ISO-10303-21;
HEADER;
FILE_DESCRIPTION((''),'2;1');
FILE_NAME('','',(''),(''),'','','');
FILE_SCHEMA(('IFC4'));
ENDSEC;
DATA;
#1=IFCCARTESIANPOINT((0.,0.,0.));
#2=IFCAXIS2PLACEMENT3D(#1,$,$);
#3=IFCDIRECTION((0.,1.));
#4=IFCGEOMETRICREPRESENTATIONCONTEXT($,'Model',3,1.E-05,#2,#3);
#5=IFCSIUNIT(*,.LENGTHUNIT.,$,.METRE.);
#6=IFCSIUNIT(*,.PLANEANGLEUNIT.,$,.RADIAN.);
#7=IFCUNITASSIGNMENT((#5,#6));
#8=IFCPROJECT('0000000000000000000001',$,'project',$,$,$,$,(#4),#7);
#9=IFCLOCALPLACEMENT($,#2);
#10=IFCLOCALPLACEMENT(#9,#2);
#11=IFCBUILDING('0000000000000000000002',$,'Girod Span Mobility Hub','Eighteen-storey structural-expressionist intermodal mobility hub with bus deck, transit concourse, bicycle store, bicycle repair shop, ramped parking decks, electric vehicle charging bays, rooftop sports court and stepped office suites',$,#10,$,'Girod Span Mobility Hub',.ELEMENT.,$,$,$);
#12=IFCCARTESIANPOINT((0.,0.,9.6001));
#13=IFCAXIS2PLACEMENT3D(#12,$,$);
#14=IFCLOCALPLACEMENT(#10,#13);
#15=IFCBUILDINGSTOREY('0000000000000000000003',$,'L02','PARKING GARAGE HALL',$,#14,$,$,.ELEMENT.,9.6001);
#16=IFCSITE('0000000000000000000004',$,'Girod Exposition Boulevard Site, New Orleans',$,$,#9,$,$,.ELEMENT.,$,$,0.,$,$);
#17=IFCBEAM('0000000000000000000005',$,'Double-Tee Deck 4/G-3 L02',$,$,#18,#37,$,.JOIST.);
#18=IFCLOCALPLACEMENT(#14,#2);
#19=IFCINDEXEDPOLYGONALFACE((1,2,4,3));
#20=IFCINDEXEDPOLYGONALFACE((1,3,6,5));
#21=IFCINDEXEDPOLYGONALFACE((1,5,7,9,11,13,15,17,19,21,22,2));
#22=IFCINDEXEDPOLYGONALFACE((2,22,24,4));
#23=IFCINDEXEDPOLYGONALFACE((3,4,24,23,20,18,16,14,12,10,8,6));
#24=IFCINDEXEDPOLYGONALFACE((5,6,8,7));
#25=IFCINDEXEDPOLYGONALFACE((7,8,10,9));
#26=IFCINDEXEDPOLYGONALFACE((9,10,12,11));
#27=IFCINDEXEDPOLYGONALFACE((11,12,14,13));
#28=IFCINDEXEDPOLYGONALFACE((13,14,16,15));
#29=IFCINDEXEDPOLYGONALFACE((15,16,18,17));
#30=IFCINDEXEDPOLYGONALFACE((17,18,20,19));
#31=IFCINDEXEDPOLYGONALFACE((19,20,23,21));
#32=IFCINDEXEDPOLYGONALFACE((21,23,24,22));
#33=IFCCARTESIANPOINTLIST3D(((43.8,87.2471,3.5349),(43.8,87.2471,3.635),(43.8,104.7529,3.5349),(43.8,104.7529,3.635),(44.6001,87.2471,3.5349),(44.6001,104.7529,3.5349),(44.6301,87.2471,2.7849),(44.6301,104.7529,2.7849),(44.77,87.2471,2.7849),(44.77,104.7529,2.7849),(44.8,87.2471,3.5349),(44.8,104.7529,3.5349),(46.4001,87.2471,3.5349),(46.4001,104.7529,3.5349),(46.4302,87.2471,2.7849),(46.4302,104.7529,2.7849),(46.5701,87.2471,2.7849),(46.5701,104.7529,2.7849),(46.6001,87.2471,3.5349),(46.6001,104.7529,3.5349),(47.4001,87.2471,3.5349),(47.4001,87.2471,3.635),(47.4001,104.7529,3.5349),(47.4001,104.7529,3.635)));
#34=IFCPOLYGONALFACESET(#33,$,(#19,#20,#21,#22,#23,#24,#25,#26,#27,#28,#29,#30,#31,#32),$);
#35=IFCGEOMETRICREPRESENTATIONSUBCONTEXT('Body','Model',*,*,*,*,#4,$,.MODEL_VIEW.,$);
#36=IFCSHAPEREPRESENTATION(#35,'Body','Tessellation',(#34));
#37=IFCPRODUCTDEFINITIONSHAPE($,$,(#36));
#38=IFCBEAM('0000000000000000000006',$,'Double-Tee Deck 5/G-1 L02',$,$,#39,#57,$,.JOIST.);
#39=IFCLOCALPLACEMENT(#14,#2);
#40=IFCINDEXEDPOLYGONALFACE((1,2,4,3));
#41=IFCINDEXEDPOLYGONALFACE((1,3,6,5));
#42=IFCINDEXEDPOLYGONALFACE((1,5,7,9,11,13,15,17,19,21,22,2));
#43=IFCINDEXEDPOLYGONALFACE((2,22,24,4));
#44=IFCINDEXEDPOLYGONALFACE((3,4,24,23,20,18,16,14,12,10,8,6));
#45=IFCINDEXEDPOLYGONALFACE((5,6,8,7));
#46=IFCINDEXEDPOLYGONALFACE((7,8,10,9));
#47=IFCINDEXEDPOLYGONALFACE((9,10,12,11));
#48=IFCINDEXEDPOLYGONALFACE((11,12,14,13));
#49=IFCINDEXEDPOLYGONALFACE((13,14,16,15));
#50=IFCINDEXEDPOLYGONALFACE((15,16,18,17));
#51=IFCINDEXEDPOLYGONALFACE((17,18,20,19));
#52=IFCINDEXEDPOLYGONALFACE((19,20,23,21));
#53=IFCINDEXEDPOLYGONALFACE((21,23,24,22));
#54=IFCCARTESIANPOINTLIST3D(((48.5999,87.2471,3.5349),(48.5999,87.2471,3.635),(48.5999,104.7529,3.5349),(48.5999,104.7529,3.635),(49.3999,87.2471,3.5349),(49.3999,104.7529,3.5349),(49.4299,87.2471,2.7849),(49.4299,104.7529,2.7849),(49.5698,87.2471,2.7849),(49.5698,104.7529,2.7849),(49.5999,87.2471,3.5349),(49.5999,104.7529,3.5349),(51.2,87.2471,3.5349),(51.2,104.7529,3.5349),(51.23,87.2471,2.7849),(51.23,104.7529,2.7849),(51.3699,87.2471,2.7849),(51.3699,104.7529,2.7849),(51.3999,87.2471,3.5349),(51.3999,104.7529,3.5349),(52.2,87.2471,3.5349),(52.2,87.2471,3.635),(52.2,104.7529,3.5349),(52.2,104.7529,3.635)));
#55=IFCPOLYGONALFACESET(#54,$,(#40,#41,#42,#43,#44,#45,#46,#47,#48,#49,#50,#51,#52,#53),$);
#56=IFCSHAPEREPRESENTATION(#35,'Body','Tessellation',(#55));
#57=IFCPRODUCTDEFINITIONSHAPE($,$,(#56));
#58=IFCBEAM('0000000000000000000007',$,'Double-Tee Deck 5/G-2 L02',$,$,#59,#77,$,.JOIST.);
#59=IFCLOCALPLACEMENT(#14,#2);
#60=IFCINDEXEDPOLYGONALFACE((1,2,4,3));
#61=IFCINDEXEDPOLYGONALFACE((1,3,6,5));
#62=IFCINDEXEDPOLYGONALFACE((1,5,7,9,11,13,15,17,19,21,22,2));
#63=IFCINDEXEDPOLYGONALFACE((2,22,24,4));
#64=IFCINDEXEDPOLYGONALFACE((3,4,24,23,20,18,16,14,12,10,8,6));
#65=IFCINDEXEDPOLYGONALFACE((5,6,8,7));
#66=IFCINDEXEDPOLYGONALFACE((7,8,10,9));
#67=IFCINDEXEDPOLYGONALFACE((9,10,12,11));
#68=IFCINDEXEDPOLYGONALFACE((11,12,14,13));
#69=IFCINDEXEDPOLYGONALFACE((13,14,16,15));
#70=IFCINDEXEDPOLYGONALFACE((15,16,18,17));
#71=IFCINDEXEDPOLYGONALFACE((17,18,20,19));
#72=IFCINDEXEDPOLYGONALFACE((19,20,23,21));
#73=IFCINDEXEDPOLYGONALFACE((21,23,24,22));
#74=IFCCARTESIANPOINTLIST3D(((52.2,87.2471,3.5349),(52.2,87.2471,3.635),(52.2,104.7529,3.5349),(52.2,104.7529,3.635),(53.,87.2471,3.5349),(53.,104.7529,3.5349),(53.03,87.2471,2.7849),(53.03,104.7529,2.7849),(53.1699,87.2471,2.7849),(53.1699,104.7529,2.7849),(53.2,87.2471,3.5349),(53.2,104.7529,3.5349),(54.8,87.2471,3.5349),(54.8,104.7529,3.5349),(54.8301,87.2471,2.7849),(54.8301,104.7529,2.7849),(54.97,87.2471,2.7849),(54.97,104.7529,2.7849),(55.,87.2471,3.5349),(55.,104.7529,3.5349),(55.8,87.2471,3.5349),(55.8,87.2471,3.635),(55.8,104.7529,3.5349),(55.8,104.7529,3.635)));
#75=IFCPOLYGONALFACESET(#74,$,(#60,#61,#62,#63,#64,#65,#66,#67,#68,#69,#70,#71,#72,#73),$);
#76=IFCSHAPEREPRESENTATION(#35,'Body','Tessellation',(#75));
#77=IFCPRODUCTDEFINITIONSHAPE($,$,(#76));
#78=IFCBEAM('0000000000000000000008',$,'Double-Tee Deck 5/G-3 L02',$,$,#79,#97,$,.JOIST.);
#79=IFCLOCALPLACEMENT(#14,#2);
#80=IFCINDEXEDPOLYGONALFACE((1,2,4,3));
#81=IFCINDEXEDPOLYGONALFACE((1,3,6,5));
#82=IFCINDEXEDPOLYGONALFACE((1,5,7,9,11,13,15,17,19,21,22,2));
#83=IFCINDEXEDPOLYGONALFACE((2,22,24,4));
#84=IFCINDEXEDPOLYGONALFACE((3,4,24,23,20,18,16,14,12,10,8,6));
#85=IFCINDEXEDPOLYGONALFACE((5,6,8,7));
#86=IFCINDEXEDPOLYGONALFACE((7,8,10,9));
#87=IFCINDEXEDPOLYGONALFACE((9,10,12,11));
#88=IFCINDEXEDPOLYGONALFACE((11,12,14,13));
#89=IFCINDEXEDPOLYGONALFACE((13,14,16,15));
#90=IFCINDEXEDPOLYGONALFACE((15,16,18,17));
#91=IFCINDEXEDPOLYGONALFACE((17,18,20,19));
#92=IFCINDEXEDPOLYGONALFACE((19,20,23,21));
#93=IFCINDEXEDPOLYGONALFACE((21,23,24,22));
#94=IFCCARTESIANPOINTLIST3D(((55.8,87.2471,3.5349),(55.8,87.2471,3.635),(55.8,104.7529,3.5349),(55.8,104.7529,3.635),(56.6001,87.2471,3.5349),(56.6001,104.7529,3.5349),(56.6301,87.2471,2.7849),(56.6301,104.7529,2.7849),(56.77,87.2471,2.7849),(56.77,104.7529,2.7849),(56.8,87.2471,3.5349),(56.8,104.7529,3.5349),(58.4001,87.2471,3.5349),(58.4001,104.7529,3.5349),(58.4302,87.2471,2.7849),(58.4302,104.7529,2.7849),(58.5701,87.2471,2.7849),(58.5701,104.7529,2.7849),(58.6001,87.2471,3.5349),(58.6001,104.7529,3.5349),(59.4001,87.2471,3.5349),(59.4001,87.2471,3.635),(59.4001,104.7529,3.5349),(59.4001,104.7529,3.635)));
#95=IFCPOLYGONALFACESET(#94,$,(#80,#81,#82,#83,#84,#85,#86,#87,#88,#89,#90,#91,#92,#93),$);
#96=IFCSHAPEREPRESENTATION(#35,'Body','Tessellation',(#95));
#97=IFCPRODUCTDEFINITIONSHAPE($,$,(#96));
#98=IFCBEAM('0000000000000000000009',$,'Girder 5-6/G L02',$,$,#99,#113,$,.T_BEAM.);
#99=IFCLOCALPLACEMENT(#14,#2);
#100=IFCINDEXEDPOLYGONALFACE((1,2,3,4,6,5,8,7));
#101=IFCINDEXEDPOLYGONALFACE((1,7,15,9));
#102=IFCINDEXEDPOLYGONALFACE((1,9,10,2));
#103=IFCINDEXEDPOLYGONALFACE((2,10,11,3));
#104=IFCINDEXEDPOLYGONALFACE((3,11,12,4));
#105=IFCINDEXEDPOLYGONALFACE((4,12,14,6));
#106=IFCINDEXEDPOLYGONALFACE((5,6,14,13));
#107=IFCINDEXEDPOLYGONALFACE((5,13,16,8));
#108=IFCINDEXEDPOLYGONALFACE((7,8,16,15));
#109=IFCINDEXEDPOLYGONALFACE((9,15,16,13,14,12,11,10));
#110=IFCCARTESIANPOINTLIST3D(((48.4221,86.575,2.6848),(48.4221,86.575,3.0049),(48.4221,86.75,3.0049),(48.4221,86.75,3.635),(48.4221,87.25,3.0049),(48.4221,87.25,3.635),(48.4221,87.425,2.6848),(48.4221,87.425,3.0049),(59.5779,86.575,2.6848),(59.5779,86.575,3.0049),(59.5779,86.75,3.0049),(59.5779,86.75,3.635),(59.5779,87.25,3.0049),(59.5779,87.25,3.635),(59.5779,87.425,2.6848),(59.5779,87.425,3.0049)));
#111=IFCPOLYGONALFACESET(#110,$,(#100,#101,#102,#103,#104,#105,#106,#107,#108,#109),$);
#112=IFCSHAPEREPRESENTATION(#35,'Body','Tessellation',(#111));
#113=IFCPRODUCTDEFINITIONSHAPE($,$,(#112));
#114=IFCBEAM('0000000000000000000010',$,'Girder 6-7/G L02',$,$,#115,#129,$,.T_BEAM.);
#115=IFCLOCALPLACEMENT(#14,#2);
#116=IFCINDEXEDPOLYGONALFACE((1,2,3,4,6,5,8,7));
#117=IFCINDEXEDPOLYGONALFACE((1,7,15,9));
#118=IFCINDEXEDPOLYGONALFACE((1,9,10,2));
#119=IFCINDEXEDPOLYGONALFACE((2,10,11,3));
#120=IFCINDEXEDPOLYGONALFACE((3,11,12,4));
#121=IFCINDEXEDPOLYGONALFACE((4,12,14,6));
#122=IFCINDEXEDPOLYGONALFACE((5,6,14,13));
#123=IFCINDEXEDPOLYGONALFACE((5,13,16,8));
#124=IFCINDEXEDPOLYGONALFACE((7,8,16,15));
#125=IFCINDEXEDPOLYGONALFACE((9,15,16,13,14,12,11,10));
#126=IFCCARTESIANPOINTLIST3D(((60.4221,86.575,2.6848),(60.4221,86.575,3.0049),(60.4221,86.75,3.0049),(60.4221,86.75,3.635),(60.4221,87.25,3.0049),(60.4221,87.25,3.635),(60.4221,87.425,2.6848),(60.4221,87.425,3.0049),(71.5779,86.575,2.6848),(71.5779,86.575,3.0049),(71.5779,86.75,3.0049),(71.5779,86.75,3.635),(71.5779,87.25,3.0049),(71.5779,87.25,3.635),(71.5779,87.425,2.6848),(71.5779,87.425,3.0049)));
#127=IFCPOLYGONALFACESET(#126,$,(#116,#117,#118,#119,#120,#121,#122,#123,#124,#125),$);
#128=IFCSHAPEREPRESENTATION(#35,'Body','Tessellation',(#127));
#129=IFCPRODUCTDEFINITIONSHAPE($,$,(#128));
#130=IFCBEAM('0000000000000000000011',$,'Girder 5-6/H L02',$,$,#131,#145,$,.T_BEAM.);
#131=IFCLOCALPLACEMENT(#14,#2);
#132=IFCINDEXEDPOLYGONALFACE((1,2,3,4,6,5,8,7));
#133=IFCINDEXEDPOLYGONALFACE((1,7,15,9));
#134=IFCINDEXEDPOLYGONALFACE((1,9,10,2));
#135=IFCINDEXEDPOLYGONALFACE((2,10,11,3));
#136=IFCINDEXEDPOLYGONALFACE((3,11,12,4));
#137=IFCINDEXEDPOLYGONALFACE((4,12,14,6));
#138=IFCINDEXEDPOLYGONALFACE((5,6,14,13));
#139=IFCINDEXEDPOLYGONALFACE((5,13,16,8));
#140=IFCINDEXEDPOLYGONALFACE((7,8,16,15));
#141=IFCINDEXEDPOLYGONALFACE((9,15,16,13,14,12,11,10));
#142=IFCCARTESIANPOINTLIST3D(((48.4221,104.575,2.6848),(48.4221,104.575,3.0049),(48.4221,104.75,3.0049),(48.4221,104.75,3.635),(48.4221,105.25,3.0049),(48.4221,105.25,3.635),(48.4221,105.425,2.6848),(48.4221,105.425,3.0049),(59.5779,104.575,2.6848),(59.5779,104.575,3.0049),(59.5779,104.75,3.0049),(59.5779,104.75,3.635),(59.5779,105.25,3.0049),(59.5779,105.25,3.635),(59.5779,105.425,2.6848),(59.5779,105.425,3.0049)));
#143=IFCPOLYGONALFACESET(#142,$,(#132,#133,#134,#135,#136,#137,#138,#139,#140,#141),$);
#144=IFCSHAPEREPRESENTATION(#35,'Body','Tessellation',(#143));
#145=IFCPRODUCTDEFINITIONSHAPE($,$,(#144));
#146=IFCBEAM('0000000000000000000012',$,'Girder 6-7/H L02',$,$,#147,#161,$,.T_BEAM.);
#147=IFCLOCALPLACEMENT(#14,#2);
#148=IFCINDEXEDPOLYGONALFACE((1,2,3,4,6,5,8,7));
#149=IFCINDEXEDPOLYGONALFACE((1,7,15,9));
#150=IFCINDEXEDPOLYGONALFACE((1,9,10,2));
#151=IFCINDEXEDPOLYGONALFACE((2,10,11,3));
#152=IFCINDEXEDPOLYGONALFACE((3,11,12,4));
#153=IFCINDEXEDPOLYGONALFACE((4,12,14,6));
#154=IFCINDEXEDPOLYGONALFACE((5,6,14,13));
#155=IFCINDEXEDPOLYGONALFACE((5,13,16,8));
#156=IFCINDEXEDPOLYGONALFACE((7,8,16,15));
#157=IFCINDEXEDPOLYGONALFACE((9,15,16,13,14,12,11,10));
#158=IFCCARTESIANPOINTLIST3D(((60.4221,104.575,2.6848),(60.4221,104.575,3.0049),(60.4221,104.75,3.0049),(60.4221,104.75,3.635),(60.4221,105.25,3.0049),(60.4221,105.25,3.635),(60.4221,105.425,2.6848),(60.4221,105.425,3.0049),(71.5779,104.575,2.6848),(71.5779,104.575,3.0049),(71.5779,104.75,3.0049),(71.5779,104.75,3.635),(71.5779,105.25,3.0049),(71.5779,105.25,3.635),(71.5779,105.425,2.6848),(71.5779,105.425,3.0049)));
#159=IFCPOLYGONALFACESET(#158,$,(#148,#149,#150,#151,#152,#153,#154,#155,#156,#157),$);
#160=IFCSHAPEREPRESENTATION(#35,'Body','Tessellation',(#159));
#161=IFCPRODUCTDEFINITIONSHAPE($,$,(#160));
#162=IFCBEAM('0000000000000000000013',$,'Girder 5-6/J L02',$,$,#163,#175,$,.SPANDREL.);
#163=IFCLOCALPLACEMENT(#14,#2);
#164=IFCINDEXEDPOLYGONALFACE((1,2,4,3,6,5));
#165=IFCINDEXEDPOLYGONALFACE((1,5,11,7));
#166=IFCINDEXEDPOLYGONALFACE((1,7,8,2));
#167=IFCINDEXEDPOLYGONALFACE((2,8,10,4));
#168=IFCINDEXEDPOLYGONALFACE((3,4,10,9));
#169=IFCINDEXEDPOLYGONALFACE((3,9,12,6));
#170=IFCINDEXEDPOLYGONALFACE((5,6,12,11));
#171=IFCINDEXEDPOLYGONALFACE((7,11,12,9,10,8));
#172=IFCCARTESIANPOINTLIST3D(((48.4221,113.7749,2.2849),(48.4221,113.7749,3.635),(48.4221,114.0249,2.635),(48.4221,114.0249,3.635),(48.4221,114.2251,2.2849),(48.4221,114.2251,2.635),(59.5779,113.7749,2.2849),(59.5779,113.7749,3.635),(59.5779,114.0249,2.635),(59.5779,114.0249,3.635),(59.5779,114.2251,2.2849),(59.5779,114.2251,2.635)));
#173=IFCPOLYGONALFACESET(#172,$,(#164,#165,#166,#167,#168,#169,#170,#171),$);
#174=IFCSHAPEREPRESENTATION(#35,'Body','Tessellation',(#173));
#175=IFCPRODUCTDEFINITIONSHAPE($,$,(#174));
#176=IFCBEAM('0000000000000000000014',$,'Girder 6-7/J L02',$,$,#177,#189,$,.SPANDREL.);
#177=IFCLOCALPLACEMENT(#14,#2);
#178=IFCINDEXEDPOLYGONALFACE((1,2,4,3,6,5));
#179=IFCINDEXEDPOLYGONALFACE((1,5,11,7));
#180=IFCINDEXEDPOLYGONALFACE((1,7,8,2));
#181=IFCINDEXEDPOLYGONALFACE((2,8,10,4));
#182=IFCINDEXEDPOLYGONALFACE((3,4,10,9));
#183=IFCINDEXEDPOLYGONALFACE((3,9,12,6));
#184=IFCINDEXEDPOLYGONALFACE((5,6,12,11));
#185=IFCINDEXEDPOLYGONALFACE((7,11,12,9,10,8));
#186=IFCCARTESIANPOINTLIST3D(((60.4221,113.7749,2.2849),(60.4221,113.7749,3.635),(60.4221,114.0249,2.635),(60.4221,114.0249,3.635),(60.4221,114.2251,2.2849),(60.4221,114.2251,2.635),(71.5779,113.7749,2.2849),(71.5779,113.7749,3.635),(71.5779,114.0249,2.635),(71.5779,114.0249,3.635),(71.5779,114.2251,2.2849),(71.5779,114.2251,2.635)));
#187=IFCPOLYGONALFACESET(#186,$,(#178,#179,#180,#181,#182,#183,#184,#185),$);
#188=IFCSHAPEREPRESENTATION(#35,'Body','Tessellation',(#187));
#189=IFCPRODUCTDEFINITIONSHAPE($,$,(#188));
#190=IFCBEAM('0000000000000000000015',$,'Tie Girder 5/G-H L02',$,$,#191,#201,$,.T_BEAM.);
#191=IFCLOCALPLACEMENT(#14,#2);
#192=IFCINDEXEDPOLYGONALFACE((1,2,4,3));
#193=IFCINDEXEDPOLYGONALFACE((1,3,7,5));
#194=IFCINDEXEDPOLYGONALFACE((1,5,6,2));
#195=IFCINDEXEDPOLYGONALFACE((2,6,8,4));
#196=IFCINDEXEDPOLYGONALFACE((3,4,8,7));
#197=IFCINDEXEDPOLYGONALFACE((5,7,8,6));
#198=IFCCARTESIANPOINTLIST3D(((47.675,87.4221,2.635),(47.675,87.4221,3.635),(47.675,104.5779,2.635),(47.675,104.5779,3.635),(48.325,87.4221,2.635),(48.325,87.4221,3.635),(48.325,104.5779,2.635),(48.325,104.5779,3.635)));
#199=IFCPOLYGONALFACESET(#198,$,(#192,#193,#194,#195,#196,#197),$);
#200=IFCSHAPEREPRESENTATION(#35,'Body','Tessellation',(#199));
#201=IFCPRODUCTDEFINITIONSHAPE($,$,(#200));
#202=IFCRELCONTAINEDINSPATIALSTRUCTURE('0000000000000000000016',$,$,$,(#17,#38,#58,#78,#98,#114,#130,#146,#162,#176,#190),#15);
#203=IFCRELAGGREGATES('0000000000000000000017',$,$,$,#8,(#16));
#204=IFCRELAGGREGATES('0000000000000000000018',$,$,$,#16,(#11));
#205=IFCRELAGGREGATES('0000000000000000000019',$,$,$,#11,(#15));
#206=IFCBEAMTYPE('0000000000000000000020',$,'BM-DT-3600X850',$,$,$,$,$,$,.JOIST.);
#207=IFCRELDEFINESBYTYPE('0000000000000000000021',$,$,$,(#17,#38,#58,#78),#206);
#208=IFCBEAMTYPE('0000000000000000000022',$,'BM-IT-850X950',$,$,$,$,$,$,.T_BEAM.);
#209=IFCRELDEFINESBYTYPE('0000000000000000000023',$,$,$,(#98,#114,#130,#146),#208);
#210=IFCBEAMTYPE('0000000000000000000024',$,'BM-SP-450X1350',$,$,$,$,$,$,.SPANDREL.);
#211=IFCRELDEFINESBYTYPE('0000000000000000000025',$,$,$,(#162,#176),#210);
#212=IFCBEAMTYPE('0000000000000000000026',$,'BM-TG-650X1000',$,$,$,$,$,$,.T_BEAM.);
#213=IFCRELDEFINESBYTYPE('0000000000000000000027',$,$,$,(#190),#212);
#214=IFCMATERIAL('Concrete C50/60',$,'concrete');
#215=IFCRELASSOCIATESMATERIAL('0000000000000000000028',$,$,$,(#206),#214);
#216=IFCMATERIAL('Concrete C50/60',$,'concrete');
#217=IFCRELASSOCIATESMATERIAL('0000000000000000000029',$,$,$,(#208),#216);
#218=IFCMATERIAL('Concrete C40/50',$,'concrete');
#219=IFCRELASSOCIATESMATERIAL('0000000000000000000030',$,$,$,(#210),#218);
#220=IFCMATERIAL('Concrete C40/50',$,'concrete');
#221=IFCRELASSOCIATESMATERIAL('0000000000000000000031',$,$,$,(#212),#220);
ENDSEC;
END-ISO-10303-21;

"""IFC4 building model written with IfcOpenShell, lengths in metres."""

from ifc_helpers import new_model, si_unit, direction, frame, origin, origin_2d, place, context, subcontext, project, spatial, polyline, rectangle, outline, extrude, material, material_profile, profile_set, type_object, element, save


model = new_model("IFC4")

# Units and contexts
model_context = context("Model", 3, precision=1e-05, world=origin(), true_north=direction((0.0, 1.0)))
body_context = subcontext(model_context, "Body", "Model", "MODEL_VIEW")
ifc_project = project(units=[si_unit("LENGTHUNIT", "METRE"), si_unit("PLANEANGLEUNIT", "RADIAN")], contexts=[model_context])

# Site, building, storey
site_placement = place(None, origin())
site = spatial("IfcSite", under=ifc_project, at=site_placement, Name="Girod Exposition Boulevard Site, New Orleans", CompositionType="ELEMENT", RefElevation=0.0)
building_placement = place(site_placement, origin())
building = spatial("IfcBuilding", under=site, at=building_placement, Name="Girod Span Mobility Hub", Description="Eighteen-storey structural-expressionist intermodal mobility hub with bus deck, transit concourse, bicycle store, bicycle repair shop, ramped parking decks, electric vehicle charging bays, rooftop sports court and stepped office suites", LongName="Girod Span Mobility Hub", CompositionType="ELEMENT")
storey_placement = place(building_placement, frame((0.0, 0.0, 9.6001)))
storey = spatial("IfcBuildingStorey", under=building, at=storey_placement, Name="L02", Description="PARKING GARAGE HALL", CompositionType="ELEMENT", Elevation=9.6001)

# Beams
ifc_material_1 = material(Name="Concrete C50/60", Category="concrete")
ifc_material_profile_1 = material_profile(ifc_material_1, outline(polyline([(-1.8, 0.425), (-1.8, 0.325), (-1.0, 0.325), (-0.97, -0.425), (-0.8301, -0.425), (-0.8, 0.325), (0.8, 0.325), (0.8301, -0.425), (0.97, -0.425), (1.0, 0.325), (1.8, 0.325), (1.8, 0.425), (-1.8, 0.425)])), Name="DT-3600X850")
ifc_profile_set_1 = profile_set([ifc_material_profile_1], Name="Concrete C50/60")
beam_type_1 = type_object("IfcBeamType", Name="BM-DT-3600X850", PredefinedType="JOIST", material=ifc_profile_set_1)
for number, where, z_axis, x_axis, name in (
    (1, (45.6001, 87.2471, 3.21), (0.0, 1.0, 0.0), (-1.0, 0.0, 0.0), "Double-Tee Deck 4/G-3 L02"),
    (2, (50.3999, 87.2471, 3.21), (0.0, 1.0, 0.0), (-1.0, 0.0, 0.0), "Double-Tee Deck 5/G-1 L02"),
    (3, (54.0, 87.2471, 3.21), (0.0, 1.0, 0.0), (-1.0, 0.0, 0.0), "Double-Tee Deck 5/G-2 L02"),
    (4, (57.6001, 87.2471, 3.21), (0.0, 1.0, 0.0), (-1.0, 0.0, 0.0), "Double-Tee Deck 5/G-3 L02"),
):
    element("IfcBeam", number, at=place(storey_placement, frame(where, z_axis=z_axis, x_axis=x_axis)), inside=storey, type_object=beam_type_1, Name=name, PredefinedType="JOIST", context=body_context, shape_type="SweptSolid", body=[
        extrude(outline(polyline([(-1.8, 0.425), (-1.8, 0.325), (-1.0, 0.325), (-0.97, -0.425), (-0.8301, -0.425), (-0.8, 0.325), (0.8, 0.325), (0.8301, -0.425), (0.97, -0.425), (1.0, 0.325), (1.8, 0.325), (1.8, 0.425), (-1.8, 0.425)])), origin(), (0.0, 0.0, 1.0), 17.5059),
    ])
ifc_material_2 = material(Name="Concrete C50/60", Category="concrete")
ifc_material_profile_2 = material_profile(ifc_material_2, outline(polyline([(-0.425, -0.4751), (0.425, -0.4751), (0.425, -0.155), (0.25, -0.155), (0.25, 0.4751), (-0.25, 0.4751), (-0.25, -0.155), (-0.425, -0.155), (-0.425, -0.4751)])), Name="IT-850X950")
ifc_profile_set_2 = profile_set([ifc_material_profile_2], Name="Concrete C50/60")
beam_type_2 = type_object("IfcBeamType", Name="BM-IT-850X950", PredefinedType="T_BEAM", material=ifc_profile_set_2)
for number, where, z_axis, x_axis, name in (
    (5, (48.4221, 87.0, 3.1599), (1.0, 0.0, 0.0), (0.0, 1.0, 0.0), "Girder 5-6/G L02"),
    (6, (60.4221, 87.0, 3.1599), (1.0, 0.0, 0.0), (0.0, 1.0, 0.0), "Girder 6-7/G L02"),
    (7, (48.4221, 105.0, 3.1599), (1.0, 0.0, 0.0), (0.0, 1.0, 0.0), "Girder 5-6/H L02"),
    (8, (60.4221, 105.0, 3.1599), (1.0, 0.0, 0.0), (0.0, 1.0, 0.0), "Girder 6-7/H L02"),
):
    element("IfcBeam", number, at=place(storey_placement, frame(where, z_axis=z_axis, x_axis=x_axis)), inside=storey, type_object=beam_type_2, Name=name, PredefinedType="T_BEAM", context=body_context, shape_type="SweptSolid", body=[
        extrude(outline(polyline([(-0.425, -0.4751), (0.425, -0.4751), (0.425, -0.155), (0.25, -0.155), (0.25, 0.4751), (-0.25, 0.4751), (-0.25, -0.155), (-0.425, -0.155), (-0.425, -0.4751)])), origin(), (0.0, 0.0, 1.0), 11.1558),
    ])
ifc_material_3 = material(Name="Concrete C40/50", Category="concrete")
ifc_material_profile_3 = material_profile(ifc_material_3, outline(polyline([(-0.2251, -0.675), (0.2251, -0.675), (0.2251, -0.325), (0.0249, -0.325), (0.0249, 0.675), (-0.2251, 0.675), (-0.2251, -0.675)])), Name="SP-450X1350")
ifc_profile_set_3 = profile_set([ifc_material_profile_3], Name="Concrete C40/50")
beam_type_3 = type_object("IfcBeamType", Name="BM-SP-450X1350", PredefinedType="SPANDREL", material=ifc_profile_set_3)
for number, where, z_axis, x_axis, name in (
    (9, (48.4221, 114.0, 2.96), (1.0, 0.0, 0.0), (0.0, 1.0, 0.0), "Girder 5-6/J L02"),
    (10, (60.4221, 114.0, 2.96), (1.0, 0.0, 0.0), (0.0, 1.0, 0.0), "Girder 6-7/J L02"),
):
    element("IfcBeam", number, at=place(storey_placement, frame(where, z_axis=z_axis, x_axis=x_axis)), inside=storey, type_object=beam_type_3, Name=name, PredefinedType="SPANDREL", context=body_context, shape_type="SweptSolid", body=[
        extrude(outline(polyline([(-0.2251, -0.675), (0.2251, -0.675), (0.2251, -0.325), (0.0249, -0.325), (0.0249, 0.675), (-0.2251, 0.675), (-0.2251, -0.675)])), origin(), (0.0, 0.0, 1.0), 11.1558),
    ])
ifc_material_4 = material(Name="Concrete C40/50", Category="concrete")
ifc_material_profile_4 = material_profile(ifc_material_4, rectangle(XDim=0.6499, YDim=1.0, at=origin_2d()), Name="TG-650X1000")
ifc_profile_set_4 = profile_set([ifc_material_profile_4], Name="Concrete C40/50")
beam_type_4 = type_object("IfcBeamType", Name="BM-TG-650X1000", PredefinedType="T_BEAM", material=ifc_profile_set_4)
beam_1_placement = place(storey_placement, frame((48.0, 87.4221, 3.135), z_axis=(0.0, 1.0, 0.0), x_axis=(-1.0, 0.0, 0.0)))
element("IfcBeam", 11, at=beam_1_placement, inside=storey, type_object=beam_type_4, Name="Tie Girder 5/G-H L02", PredefinedType="T_BEAM", context=body_context, shape_type="SweptSolid", body=[
    extrude(rectangle(XDim=0.6499, YDim=1.0, at=origin_2d()), origin(), (0.0, 0.0, 1.0), 17.1558),
])

save(model, "model.ifc")
